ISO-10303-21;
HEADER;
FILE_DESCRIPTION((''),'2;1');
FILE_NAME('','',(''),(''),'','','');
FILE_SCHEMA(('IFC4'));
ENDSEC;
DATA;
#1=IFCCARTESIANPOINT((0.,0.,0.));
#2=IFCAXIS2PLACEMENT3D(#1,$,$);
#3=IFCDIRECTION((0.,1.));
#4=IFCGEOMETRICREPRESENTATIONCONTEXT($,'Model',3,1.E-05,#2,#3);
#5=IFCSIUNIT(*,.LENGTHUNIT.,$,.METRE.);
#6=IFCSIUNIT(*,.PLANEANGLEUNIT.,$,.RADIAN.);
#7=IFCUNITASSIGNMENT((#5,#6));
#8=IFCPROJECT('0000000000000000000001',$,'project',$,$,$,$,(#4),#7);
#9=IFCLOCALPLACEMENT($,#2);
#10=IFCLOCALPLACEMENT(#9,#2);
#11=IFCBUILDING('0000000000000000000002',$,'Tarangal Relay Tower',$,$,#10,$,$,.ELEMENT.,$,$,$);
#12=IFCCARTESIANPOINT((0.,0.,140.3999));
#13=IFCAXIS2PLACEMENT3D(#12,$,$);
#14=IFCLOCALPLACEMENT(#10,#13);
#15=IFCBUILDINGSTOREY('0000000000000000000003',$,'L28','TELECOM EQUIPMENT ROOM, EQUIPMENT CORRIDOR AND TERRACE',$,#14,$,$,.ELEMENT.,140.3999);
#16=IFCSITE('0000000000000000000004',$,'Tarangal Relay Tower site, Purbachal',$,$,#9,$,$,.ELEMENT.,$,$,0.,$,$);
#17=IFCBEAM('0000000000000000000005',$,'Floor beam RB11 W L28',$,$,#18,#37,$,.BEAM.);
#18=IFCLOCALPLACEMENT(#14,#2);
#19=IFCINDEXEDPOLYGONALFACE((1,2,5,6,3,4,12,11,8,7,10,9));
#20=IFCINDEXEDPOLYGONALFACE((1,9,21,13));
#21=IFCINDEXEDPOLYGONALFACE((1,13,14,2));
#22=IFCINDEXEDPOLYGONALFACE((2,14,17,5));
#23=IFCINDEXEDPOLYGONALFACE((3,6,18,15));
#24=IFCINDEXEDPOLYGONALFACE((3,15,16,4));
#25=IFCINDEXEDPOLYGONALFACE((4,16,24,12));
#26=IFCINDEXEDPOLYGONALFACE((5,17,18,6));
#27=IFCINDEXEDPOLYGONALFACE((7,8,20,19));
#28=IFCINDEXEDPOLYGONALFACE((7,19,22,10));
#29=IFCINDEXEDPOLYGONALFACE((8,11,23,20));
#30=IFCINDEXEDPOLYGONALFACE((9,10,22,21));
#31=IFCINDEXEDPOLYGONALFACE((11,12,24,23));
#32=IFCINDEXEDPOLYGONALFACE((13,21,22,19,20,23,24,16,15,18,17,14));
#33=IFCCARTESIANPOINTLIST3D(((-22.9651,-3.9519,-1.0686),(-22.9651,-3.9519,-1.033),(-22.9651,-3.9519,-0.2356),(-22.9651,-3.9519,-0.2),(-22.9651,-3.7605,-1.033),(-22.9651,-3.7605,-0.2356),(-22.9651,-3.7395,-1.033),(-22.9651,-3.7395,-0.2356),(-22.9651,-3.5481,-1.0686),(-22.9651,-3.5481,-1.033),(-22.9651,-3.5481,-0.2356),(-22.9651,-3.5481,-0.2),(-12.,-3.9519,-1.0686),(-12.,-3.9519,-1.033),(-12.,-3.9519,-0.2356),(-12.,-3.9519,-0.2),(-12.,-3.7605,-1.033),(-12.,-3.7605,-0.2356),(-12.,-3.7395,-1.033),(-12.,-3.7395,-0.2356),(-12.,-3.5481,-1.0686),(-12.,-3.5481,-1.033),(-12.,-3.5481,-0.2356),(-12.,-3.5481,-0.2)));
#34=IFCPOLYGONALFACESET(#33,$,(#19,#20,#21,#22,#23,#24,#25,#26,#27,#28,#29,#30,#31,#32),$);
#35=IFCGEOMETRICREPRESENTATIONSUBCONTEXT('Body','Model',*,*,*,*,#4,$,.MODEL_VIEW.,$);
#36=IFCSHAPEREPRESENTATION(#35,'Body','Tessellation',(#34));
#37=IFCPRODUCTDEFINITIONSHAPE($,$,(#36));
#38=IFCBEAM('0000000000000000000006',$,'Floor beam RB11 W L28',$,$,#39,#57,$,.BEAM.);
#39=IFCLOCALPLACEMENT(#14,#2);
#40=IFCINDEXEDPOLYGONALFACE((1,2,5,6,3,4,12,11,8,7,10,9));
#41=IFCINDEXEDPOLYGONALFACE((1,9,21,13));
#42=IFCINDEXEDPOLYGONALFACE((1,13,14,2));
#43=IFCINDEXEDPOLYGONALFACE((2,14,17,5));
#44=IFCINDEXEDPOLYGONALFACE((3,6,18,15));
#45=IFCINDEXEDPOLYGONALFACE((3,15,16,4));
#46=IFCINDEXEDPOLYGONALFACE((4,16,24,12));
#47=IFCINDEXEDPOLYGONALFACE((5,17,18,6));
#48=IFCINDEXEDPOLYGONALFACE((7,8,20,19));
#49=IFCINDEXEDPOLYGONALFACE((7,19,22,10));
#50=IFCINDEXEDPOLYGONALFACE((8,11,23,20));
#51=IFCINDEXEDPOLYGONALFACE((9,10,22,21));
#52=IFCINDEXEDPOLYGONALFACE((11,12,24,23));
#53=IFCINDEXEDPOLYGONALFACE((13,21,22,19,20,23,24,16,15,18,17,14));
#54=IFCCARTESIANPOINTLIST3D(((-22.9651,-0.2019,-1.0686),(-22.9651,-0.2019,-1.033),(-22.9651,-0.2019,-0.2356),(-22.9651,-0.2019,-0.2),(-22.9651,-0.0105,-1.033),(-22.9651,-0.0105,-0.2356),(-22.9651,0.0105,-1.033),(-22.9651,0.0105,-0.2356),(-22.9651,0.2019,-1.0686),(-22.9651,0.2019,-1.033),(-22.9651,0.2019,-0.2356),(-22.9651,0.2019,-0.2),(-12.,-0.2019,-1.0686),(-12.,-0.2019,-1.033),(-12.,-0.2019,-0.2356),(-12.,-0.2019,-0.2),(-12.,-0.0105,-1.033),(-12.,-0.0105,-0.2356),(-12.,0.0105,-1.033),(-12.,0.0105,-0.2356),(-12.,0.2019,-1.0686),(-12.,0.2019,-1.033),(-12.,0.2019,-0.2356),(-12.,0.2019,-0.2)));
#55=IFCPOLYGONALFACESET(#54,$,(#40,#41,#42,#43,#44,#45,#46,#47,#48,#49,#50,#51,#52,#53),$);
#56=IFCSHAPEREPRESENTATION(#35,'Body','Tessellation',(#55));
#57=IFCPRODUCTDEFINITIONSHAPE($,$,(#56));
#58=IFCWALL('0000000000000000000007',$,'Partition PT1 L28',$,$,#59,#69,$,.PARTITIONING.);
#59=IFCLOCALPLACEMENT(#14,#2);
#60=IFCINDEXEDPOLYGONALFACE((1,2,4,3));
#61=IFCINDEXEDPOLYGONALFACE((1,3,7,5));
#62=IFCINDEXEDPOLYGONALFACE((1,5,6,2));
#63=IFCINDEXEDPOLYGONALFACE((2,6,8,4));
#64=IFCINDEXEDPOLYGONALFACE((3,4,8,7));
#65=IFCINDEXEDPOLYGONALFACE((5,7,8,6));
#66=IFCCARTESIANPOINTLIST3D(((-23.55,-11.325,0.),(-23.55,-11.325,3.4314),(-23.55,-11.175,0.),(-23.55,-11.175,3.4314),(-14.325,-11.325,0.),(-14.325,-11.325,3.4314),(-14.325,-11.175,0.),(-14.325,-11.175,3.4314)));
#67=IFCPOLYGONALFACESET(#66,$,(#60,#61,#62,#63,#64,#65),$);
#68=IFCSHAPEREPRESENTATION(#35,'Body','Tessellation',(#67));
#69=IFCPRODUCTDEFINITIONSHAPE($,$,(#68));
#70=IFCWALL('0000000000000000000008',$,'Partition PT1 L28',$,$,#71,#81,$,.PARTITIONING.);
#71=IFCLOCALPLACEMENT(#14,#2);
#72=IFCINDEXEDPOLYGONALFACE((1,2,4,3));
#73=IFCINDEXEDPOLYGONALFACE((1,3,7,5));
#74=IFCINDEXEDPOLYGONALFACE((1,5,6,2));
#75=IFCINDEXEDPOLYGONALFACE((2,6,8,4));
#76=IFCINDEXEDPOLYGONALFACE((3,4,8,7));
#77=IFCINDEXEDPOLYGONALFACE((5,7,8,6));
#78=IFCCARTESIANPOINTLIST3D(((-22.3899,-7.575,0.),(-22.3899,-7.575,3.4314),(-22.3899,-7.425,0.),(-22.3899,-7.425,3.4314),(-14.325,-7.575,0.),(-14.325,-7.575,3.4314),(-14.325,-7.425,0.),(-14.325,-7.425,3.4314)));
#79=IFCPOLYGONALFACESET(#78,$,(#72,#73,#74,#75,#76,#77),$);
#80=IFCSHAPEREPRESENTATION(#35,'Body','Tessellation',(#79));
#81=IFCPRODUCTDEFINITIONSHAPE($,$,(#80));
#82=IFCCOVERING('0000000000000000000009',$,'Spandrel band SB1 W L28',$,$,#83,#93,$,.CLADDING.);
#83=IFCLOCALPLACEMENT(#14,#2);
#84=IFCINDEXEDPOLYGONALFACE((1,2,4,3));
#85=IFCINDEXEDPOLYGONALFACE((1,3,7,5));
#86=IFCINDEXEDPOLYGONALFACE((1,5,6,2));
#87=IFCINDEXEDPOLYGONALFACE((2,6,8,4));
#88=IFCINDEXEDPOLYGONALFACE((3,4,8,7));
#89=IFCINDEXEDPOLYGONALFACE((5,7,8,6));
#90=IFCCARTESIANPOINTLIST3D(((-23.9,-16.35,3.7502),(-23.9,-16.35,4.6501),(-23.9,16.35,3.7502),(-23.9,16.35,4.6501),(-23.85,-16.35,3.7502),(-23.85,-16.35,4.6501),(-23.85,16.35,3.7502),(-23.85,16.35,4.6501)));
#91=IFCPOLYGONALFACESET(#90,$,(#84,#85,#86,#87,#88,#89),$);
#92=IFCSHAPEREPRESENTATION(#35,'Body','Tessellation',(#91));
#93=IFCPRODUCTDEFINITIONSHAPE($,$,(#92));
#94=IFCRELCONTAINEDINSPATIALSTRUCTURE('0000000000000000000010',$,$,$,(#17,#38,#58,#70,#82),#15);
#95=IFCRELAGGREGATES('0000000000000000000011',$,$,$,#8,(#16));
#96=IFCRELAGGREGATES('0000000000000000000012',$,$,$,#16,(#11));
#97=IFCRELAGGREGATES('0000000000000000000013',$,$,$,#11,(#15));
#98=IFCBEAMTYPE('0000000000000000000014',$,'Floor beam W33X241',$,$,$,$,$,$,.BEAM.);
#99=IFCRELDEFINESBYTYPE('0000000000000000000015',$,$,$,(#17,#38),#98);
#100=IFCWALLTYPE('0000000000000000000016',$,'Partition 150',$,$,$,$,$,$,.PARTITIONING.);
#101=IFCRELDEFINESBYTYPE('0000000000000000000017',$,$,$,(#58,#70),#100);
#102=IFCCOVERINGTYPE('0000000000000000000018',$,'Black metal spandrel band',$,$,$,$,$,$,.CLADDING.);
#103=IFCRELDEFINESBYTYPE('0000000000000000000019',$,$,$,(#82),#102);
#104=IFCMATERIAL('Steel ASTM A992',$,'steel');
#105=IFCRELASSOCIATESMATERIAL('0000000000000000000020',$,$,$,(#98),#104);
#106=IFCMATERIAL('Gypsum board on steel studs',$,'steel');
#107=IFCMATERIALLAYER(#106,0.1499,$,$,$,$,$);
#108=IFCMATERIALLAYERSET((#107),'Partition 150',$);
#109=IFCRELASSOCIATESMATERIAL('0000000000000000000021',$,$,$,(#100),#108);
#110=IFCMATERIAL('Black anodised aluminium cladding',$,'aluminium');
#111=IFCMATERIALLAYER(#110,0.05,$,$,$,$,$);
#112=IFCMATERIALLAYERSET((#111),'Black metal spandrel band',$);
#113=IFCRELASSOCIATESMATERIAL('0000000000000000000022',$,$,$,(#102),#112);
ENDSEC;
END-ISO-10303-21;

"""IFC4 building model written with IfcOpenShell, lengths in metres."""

from ifc_helpers import new_model, si_unit, direction, frame, frame_2d, origin, origin_2d, place, context, subcontext, project, spatial, rectangle, i_section, extrude, material, layer, layer_set, material_profile, profile_set, type_object, element, save


model = new_model("IFC4")

# Units and contexts
model_context = context("Model", 3, precision=1e-05, world=origin(), true_north=direction((0.0, 1.0)))
body_context = subcontext(model_context, "Body", "Model", "MODEL_VIEW")
ifc_project = project(units=[si_unit("LENGTHUNIT", "METRE"), si_unit("PLANEANGLEUNIT", "RADIAN")], contexts=[model_context])

# Site, building, storey
site_placement = place(None, origin())
site = spatial("IfcSite", under=ifc_project, at=site_placement, Name="Tarangal Relay Tower site, Purbachal", CompositionType="ELEMENT", RefElevation=0.0)
building_placement = place(site_placement, origin())
building = spatial("IfcBuilding", under=site, at=building_placement, Name="Tarangal Relay Tower", CompositionType="ELEMENT")
storey_placement = place(building_placement, frame((0.0, 0.0, 140.3999)))
storey = spatial("IfcBuildingStorey", under=building, at=storey_placement, Name="L28", Description="TELECOM EQUIPMENT ROOM, EQUIPMENT CORRIDOR AND TERRACE", CompositionType="ELEMENT", Elevation=140.3999)

# Beams
ifc_material_1 = material(Name="Steel ASTM A992", Category="steel")
ifc_material_profile_1 = material_profile(ifc_material_1, i_section(OverallWidth=0.4038, OverallDepth=0.8687, WebThickness=0.021, FlangeThickness=0.0356, at=origin_2d()), Name="W33X241")
ifc_profile_set_1 = profile_set([ifc_material_profile_1], Name="Steel ASTM A992")
beam_type_1 = type_object("IfcBeamType", Name="Floor beam W33X241", PredefinedType="BEAM", material=ifc_profile_set_1)
for number, where, z_axis, x_axis, name in (
    (1, (-12.0, -3.75, -0.6343), (-1.0, 0.0, 0.0), (0.0, -1.0, 0.0), "Floor beam RB11 W L28"),
    (2, (-12.0, 0.0, -0.6343), (-1.0, 0.0, 0.0), (0.0, -1.0, 0.0), "Floor beam RB11 W L28"),
):
    element("IfcBeam", number, at=place(storey_placement, frame(where, z_axis=z_axis, x_axis=x_axis)), inside=storey, type_object=beam_type_1, Name=name, PredefinedType="BEAM", context=body_context, shape_type="SweptSolid", body=[
        extrude(i_section(OverallWidth=0.4038, OverallDepth=0.8687, WebThickness=0.021, FlangeThickness=0.0356, at=origin_2d()), origin(), (0.0, 0.0, 1.0), 10.9651),
    ])

# Walls
ifc_material_2 = material(Name="Gypsum board on steel studs", Category="steel")
ifc_layer_1 = layer(ifc_material_2, 0.1499)
ifc_layer_set_1 = layer_set([ifc_layer_1], Name="Partition 150")
wall_type = type_object("IfcWallType", Name="Partition 150", PredefinedType="PARTITIONING", material=ifc_layer_set_1)
wall_1_placement = place(storey_placement, frame((-23.55, -11.25, 0.0), z_axis=(0.0, 0.0, 1.0), x_axis=(1.0, 0.0, 0.0)))
element("IfcWall", 3, at=wall_1_placement, inside=storey, type_object=wall_type, Name="Partition PT1 L28", PredefinedType="PARTITIONING", context=body_context, shape_type="SweptSolid", body=[
    extrude(rectangle(XDim=9.2251, YDim=0.1499, at=frame_2d((4.6125, 0.0))), origin(), (0.0, 0.0, 1.0), 3.4314),
])
wall_2_placement = place(storey_placement, frame((-22.3899, -7.5, 0.0), z_axis=(0.0, 0.0, 1.0), x_axis=(1.0, 0.0, 0.0)))
element("IfcWall", 4, at=wall_2_placement, inside=storey, type_object=wall_type, Name="Partition PT1 L28", PredefinedType="PARTITIONING", context=body_context, shape_type="SweptSolid", body=[
    extrude(rectangle(XDim=8.0649, YDim=0.1499, at=frame_2d((4.0325, 0.0))), origin(), (0.0, 0.0, 1.0), 3.4314),
])

# Covering
ifc_material_3 = material(Name="Black anodised aluminium cladding", Category="aluminium")
ifc_layer_2 = layer(ifc_material_3, 0.05)
ifc_layer_set_2 = layer_set([ifc_layer_2], Name="Black metal spandrel band")
covering_type = type_object("IfcCoveringType", Name="Black metal spandrel band", PredefinedType="CLADDING", material=ifc_layer_set_2)
covering_placement = place(storey_placement, frame((-23.875, 0.0, 3.7502), z_axis=(0.0, 0.0, 1.0), x_axis=(0.0, 1.0, 0.0)))
element("IfcCovering", 5, at=covering_placement, inside=storey, type_object=covering_type, Name="Spandrel band SB1 W L28", PredefinedType="CLADDING", context=body_context, shape_type="SweptSolid", body=[
    extrude(rectangle(XDim=32.7, YDim=0.05, at=origin_2d()), origin(), (0.0, 0.0, 1.0), 0.8999),
])

save(model, "model.ifc")
